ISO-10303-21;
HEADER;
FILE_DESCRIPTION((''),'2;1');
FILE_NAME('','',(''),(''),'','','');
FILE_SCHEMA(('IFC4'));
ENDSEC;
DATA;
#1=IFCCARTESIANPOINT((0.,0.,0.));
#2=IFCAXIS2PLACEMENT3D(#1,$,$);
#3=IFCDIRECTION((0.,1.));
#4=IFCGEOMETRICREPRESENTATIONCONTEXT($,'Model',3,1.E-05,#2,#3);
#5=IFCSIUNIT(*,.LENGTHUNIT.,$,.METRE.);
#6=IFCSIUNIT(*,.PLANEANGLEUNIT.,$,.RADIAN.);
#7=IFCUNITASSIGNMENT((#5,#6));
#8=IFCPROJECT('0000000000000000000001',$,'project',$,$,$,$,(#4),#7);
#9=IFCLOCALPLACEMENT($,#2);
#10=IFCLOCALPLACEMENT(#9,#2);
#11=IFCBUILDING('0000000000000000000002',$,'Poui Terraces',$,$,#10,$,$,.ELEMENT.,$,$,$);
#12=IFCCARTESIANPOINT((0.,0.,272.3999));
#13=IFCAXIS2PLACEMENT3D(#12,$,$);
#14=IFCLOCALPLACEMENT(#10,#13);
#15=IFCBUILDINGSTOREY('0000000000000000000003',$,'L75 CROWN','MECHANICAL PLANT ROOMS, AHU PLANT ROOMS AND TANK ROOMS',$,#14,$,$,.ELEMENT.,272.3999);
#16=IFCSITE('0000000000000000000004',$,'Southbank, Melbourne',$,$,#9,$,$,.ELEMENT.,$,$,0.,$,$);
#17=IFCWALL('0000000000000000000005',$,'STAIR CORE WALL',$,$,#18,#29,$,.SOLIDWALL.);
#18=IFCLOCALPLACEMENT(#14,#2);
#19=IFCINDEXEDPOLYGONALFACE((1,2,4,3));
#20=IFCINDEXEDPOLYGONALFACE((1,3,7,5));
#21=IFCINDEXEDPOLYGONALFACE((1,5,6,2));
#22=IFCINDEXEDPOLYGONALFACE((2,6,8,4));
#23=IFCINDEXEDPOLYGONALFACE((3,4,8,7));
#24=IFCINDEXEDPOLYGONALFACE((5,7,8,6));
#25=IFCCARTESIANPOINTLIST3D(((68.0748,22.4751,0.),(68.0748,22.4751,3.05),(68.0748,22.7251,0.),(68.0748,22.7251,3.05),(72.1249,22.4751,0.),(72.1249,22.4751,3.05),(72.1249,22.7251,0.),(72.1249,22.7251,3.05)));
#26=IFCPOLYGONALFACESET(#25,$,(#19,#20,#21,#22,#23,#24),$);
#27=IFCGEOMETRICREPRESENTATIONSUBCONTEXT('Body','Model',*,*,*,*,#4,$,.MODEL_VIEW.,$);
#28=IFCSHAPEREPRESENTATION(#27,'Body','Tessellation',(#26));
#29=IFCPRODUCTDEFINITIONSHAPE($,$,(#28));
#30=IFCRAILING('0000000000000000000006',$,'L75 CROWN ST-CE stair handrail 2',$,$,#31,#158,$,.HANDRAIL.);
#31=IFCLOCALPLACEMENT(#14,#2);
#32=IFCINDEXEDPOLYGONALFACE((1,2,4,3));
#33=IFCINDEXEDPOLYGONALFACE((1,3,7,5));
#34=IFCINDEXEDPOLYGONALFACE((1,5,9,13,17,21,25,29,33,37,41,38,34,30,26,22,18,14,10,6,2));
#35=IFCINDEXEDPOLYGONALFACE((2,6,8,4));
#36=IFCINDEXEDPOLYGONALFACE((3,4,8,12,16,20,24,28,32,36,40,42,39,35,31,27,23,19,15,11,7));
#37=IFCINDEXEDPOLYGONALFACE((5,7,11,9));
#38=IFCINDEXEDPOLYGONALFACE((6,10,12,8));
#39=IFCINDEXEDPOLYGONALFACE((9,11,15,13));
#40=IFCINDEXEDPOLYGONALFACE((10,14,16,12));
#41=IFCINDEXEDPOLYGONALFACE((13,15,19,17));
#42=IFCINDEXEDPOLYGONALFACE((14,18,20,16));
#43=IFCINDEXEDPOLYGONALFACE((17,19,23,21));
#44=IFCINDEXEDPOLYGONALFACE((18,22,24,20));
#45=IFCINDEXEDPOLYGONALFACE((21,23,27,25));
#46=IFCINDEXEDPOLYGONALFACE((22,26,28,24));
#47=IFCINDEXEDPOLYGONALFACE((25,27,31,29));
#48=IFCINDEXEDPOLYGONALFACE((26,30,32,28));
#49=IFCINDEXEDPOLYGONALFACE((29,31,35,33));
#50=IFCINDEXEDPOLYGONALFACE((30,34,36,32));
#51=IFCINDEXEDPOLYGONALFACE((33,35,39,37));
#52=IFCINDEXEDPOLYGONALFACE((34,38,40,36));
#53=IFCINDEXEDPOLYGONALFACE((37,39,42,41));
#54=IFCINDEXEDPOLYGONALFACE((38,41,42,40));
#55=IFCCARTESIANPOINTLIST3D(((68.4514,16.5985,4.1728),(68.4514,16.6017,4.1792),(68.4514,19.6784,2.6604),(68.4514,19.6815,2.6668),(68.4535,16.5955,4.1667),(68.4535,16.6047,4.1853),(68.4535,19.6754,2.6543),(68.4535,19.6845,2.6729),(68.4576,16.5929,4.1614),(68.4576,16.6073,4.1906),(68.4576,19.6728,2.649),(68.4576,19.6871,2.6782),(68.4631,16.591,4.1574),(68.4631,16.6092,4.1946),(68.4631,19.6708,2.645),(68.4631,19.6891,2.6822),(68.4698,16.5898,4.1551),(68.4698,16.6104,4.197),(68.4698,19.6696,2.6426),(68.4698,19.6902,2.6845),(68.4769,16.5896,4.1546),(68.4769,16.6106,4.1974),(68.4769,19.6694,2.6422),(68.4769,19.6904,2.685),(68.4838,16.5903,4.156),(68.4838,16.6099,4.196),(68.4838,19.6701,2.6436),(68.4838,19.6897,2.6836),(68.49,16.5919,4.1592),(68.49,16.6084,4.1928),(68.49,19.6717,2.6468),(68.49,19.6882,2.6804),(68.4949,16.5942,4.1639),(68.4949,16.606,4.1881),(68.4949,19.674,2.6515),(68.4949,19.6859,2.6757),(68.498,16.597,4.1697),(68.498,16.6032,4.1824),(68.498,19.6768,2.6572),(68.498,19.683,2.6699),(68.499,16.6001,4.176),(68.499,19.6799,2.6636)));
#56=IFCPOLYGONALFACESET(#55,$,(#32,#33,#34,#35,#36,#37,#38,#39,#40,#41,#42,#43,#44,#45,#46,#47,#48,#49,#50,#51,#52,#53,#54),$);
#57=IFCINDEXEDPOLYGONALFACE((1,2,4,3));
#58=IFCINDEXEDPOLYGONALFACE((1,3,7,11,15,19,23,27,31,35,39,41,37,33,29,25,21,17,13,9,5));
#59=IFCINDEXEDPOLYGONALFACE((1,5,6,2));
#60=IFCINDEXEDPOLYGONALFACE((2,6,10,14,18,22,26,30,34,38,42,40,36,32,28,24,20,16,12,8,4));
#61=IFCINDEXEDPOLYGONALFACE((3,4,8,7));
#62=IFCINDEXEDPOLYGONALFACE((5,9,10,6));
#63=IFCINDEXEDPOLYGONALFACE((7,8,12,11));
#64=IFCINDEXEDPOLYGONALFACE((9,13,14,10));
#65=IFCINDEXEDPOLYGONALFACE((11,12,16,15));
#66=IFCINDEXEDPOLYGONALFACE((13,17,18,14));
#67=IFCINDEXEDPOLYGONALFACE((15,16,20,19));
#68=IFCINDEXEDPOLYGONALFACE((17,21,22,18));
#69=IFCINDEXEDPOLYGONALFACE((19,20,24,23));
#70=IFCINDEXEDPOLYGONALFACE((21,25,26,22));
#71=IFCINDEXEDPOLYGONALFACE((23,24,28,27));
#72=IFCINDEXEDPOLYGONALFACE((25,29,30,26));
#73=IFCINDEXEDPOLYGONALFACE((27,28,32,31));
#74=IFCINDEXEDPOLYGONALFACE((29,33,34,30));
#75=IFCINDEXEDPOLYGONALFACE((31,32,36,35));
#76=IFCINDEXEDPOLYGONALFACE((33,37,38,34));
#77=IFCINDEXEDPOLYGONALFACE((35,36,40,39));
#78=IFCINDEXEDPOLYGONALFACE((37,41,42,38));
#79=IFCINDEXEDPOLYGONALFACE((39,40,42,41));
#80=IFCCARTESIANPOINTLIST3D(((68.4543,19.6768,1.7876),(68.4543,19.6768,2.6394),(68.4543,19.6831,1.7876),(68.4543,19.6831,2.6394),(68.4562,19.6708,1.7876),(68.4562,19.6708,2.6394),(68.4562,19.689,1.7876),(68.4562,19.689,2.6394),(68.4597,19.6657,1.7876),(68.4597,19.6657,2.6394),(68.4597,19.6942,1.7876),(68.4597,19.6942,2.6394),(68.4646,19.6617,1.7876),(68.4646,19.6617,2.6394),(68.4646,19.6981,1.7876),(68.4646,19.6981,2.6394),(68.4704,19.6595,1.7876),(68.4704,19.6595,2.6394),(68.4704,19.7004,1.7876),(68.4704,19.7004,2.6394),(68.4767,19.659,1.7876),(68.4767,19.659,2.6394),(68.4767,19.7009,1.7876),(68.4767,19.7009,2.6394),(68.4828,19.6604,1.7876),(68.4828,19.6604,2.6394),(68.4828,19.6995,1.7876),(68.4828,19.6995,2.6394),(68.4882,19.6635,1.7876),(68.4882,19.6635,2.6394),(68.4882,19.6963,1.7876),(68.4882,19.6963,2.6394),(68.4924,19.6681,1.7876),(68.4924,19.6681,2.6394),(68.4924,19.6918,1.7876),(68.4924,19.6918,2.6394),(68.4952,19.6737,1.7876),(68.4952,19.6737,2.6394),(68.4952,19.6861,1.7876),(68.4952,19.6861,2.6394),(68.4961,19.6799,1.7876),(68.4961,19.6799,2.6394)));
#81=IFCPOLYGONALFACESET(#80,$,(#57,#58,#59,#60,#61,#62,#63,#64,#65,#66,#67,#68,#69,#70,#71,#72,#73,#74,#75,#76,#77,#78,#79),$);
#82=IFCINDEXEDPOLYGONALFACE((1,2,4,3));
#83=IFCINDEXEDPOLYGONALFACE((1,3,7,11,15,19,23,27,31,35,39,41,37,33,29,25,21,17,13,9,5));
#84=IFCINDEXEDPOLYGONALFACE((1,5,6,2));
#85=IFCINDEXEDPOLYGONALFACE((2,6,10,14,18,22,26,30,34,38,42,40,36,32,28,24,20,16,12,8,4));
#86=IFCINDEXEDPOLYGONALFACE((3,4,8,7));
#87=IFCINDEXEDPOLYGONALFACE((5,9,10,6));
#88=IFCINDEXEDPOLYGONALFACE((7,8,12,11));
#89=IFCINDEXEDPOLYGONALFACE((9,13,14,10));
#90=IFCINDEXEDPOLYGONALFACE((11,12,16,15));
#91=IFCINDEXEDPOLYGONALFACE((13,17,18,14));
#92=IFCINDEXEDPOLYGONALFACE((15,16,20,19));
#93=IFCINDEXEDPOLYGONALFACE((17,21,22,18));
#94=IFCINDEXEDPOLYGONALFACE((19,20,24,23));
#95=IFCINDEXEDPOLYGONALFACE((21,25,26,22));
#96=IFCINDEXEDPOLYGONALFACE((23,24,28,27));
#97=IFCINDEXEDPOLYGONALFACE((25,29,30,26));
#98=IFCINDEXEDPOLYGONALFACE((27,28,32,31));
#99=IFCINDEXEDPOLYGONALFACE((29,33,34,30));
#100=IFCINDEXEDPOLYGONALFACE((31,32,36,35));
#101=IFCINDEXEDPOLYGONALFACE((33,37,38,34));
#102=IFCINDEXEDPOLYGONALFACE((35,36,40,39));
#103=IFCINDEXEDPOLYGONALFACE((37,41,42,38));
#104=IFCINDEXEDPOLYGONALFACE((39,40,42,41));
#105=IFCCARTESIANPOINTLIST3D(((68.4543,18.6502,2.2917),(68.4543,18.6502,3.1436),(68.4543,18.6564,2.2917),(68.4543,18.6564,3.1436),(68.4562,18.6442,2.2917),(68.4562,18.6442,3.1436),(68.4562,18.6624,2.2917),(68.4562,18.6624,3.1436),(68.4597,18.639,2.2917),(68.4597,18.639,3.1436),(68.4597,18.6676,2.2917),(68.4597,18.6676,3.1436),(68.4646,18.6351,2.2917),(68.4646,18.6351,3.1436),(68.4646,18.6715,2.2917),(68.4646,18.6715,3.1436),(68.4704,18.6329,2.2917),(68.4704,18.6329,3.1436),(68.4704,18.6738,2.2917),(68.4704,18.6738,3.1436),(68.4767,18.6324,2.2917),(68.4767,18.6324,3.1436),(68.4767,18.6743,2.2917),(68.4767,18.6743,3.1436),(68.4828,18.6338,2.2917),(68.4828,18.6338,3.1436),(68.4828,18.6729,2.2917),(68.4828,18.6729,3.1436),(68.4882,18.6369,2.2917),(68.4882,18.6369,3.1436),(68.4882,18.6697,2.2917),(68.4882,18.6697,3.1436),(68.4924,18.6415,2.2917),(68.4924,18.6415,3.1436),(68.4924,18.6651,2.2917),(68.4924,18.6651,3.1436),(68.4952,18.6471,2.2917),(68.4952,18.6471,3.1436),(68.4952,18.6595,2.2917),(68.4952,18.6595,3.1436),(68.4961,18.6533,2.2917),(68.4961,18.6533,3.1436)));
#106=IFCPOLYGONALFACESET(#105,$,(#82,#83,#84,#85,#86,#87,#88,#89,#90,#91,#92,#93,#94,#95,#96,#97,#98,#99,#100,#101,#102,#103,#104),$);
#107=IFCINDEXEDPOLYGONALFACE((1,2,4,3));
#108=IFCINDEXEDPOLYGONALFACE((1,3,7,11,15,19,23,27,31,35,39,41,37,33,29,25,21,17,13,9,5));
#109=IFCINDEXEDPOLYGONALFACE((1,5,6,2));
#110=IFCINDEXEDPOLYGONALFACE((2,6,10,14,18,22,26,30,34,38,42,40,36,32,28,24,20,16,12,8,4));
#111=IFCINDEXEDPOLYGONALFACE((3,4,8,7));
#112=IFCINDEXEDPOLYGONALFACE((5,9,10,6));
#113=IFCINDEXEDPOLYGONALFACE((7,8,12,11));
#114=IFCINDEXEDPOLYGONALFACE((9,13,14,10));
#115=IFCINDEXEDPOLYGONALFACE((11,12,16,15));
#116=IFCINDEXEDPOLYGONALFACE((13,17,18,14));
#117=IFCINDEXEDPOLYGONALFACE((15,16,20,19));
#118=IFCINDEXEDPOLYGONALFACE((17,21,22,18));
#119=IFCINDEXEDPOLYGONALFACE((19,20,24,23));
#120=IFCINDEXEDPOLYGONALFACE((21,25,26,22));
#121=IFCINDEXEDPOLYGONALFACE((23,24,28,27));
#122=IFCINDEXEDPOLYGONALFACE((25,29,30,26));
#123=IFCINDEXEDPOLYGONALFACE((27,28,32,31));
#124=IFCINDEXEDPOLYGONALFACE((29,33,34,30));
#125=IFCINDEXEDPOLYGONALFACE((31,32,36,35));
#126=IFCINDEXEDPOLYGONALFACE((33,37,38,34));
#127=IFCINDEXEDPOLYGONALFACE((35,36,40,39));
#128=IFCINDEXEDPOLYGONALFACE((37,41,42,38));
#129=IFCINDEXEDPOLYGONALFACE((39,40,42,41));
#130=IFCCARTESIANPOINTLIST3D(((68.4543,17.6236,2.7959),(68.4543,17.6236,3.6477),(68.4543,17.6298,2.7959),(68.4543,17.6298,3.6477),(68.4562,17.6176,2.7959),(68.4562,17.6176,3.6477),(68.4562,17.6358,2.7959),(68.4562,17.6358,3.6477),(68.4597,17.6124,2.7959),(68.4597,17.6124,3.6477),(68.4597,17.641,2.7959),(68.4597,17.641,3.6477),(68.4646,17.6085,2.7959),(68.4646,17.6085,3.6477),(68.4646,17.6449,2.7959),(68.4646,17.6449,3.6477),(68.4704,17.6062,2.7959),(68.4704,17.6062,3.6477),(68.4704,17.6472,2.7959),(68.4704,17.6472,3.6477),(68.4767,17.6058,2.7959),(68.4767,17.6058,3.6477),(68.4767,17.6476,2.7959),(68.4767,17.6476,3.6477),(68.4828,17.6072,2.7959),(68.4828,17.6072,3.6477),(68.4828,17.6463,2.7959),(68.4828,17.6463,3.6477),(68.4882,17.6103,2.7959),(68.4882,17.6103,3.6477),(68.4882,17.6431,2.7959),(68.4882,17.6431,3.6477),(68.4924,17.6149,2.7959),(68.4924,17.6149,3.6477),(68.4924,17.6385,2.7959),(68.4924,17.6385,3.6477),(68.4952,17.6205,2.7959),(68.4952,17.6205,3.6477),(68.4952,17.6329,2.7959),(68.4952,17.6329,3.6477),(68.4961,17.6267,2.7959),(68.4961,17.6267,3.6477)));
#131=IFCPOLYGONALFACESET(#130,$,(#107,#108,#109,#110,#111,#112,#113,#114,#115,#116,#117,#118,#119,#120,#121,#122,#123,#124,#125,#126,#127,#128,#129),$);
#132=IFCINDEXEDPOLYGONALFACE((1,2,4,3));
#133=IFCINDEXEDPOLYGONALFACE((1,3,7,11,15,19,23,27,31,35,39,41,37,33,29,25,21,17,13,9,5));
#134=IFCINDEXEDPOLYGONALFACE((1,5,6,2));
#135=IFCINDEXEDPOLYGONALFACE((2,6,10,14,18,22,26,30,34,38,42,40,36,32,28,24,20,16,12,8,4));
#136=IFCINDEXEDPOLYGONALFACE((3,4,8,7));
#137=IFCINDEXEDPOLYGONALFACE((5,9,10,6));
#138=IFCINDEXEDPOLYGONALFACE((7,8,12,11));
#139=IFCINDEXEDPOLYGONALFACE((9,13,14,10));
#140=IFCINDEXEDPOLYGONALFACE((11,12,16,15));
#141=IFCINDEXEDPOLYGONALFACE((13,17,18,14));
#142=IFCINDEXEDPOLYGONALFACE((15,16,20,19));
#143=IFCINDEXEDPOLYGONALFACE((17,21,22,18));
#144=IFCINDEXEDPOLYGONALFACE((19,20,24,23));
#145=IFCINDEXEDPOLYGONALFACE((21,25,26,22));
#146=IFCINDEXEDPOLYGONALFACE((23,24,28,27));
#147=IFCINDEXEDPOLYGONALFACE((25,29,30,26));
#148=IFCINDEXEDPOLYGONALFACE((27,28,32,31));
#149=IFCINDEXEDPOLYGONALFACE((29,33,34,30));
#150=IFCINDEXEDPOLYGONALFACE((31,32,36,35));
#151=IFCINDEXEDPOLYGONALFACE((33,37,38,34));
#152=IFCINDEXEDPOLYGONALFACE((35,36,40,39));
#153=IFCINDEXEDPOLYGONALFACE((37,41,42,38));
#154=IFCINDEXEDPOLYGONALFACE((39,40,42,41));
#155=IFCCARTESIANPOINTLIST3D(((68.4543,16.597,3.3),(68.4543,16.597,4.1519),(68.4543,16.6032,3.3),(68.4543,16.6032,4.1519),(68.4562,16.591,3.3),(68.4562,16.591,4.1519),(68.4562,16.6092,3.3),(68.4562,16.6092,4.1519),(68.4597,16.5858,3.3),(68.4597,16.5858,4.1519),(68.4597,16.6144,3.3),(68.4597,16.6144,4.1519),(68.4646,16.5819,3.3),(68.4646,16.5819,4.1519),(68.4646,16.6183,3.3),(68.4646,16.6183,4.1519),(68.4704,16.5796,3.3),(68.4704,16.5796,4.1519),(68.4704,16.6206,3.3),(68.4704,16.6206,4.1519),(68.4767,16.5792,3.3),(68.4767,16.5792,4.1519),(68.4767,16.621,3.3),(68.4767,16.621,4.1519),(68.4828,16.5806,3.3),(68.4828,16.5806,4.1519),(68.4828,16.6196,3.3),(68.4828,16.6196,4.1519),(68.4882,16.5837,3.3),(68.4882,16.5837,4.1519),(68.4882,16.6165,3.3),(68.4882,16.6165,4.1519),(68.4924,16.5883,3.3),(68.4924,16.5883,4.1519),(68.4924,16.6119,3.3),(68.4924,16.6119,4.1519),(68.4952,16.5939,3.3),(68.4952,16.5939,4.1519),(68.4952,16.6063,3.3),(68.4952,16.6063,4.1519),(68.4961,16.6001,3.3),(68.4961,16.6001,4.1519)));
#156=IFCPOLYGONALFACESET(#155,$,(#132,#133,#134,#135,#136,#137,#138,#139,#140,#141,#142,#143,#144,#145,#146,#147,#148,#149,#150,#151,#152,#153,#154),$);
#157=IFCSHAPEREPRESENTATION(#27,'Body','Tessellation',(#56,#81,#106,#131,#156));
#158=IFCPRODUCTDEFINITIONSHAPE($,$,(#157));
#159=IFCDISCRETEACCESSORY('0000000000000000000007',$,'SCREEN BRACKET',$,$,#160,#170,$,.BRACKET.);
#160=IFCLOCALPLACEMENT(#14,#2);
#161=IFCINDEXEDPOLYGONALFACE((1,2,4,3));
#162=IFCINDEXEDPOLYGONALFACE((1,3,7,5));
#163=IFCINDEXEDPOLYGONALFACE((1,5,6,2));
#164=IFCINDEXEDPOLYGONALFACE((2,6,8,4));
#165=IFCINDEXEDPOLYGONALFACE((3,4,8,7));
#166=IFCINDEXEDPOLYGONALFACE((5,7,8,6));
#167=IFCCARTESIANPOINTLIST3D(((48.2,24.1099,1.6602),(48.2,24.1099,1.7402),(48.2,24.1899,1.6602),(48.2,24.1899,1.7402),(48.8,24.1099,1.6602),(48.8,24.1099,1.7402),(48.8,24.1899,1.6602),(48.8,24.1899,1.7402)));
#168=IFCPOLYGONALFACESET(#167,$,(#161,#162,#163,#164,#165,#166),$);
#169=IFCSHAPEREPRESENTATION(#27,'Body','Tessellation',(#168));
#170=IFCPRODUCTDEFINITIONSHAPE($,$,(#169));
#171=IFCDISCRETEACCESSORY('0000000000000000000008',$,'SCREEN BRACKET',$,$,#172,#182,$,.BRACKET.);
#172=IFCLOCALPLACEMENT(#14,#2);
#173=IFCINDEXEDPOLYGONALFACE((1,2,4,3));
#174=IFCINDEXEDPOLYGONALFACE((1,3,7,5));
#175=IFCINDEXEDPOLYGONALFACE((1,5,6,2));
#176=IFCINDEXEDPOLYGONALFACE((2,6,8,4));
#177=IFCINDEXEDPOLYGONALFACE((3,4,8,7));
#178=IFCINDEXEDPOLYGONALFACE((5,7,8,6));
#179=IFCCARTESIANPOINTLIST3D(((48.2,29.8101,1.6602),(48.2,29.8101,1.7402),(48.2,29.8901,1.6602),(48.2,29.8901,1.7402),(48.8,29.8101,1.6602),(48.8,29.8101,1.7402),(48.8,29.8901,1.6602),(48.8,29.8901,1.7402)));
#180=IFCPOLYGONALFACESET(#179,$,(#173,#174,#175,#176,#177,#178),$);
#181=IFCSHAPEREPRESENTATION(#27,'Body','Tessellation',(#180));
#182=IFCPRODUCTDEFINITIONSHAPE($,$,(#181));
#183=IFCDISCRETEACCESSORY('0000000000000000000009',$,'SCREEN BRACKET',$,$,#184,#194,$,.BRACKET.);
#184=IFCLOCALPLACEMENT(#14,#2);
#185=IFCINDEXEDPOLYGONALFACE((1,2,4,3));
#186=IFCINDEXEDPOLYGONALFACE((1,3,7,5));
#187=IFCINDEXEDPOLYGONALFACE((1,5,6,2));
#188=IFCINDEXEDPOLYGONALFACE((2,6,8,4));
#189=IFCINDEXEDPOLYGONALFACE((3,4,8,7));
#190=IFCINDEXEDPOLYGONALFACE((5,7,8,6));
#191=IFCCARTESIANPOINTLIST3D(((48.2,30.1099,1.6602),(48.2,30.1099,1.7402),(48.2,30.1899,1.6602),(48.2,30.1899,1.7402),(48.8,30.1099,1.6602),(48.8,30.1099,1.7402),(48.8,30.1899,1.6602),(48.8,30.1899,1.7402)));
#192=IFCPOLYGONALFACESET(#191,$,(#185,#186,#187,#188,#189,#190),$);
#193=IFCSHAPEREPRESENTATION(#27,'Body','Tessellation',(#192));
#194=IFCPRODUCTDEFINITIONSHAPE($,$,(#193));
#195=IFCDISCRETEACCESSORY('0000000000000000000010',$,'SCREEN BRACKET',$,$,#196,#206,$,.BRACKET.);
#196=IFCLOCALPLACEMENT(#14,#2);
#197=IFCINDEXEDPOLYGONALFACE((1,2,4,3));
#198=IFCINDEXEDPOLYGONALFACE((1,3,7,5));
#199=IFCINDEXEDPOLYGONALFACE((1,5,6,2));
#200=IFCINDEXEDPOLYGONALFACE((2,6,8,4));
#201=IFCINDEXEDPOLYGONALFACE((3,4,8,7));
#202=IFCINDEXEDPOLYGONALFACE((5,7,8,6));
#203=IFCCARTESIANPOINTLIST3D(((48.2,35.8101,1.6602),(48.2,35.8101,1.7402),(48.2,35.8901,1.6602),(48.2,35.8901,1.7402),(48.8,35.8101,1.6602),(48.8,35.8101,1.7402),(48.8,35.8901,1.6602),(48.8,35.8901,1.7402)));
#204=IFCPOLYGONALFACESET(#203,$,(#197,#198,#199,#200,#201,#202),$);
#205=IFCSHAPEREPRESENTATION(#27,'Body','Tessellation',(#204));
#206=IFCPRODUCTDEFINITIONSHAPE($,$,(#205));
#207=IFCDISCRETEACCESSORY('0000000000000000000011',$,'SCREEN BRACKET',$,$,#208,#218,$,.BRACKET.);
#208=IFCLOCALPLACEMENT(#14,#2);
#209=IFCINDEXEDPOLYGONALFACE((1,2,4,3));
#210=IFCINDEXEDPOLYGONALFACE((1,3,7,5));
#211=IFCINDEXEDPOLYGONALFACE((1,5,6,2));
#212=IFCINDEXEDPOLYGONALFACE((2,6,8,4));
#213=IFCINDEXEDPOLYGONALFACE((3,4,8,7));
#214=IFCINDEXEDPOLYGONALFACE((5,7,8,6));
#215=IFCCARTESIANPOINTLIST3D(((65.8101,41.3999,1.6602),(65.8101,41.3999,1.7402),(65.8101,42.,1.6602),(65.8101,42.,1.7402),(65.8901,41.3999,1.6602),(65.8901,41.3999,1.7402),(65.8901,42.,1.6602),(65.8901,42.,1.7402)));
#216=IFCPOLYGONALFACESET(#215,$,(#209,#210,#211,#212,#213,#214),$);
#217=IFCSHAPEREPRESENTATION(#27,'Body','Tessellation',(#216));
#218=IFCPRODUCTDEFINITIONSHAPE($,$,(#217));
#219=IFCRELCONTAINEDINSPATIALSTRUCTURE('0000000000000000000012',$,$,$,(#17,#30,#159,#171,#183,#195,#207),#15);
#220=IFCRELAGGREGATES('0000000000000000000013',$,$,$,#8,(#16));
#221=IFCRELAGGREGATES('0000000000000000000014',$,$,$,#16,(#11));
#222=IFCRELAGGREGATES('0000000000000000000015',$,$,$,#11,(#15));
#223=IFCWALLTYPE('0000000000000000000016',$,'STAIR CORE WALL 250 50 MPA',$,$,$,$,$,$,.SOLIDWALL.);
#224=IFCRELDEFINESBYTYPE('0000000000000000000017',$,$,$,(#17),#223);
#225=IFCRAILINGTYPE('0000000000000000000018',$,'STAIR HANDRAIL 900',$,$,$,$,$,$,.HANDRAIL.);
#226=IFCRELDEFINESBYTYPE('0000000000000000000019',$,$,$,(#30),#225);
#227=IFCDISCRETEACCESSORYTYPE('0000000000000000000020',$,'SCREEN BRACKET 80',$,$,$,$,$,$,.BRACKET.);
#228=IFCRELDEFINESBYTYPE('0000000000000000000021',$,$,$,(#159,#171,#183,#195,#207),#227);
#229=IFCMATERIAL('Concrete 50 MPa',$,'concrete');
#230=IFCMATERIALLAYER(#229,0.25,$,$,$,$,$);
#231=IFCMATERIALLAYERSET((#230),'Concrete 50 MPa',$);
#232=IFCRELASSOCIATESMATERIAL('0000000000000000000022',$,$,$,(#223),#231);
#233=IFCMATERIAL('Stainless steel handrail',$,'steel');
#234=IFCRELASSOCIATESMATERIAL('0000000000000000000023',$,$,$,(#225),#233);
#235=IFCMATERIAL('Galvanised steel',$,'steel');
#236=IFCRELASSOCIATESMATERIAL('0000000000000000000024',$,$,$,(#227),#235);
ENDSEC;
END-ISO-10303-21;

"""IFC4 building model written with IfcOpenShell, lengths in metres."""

from ifc_helpers import new_model, si_unit, direction, frame, frame_2d, origin, origin_2d, place, context, subcontext, project, spatial, rectangle, circle, extrude, source, transform, mapped, material, layer, layer_set, material_profile, profile_set, type_object, element, save


model = new_model("IFC4")

# Units and contexts
model_context = context("Model", 3, precision=1e-05, world=origin(), true_north=direction((0.0, 1.0)))
body_context = subcontext(model_context, "Body", "Model", "MODEL_VIEW")
ifc_project = project(units=[si_unit("LENGTHUNIT", "METRE"), si_unit("PLANEANGLEUNIT", "RADIAN")], contexts=[model_context])

# Site, building, storey
site_placement = place(None, origin())
site = spatial("IfcSite", under=ifc_project, at=site_placement, Name="Southbank, Melbourne", CompositionType="ELEMENT", RefElevation=0.0)
building_placement = place(site_placement, origin())
building = spatial("IfcBuilding", under=site, at=building_placement, Name="Poui Terraces", CompositionType="ELEMENT")
storey_placement = place(building_placement, frame((0.0, 0.0, 272.3999)))
storey = spatial("IfcBuildingStorey", under=building, at=storey_placement, Name="L75 CROWN", Description="MECHANICAL PLANT ROOMS, AHU PLANT ROOMS AND TANK ROOMS", CompositionType="ELEMENT", Elevation=272.3999)

# Shared definitions
ifc_material_1 = material(Name="Concrete 50 MPa", Category="concrete")

# Wall
ifc_layer_1 = layer(ifc_material_1, 0.25)
ifc_layer_set_1 = layer_set([ifc_layer_1], Name="Concrete 50 MPa")
wall_type_1 = type_object("IfcWallType", Name="STAIR CORE WALL 250 50 MPA", PredefinedType="SOLIDWALL", material=ifc_layer_set_1)
wall_1_placement = place(storey_placement, frame((68.075, 22.6001, 0.0), z_axis=(0.0, 0.0, 1.0), x_axis=(1.0, 0.0, 0.0)))
element("IfcWall", 1, at=wall_1_placement, inside=storey, type_object=wall_type_1, Name="STAIR CORE WALL", PredefinedType="SOLIDWALL", context=body_context, shape_type="SweptSolid", body=[
    extrude(rectangle(XDim=4.05, YDim=0.25, at=frame_2d((2.0249, 0.0))), origin(), (0.0, 0.0, 1.0), 3.05),
])

# Railing
ifc_material_2 = material(Name="Stainless steel handrail", Category="steel")
railing_type = type_object("IfcRailingType", Name="STAIR HANDRAIL 900", PredefinedType="HANDRAIL", material=ifc_material_2)
railing_placement = place(storey_placement, frame((68.4751, 19.6799, 1.7876)))
element("IfcRailing", 2, at=railing_placement, inside=storey, type_object=railing_type, Name="L75 CROWN ST-CE stair handrail 2", PredefinedType="HANDRAIL", context=body_context, shape_type="SweptSolid", body=[
    extrude(circle(Radius=0.0239, at=origin_2d()), frame((0.0, 0.0, 0.876), z_axis=(0.0, -0.897606, 0.440798), x_axis=(1.0, 0.0, 0.0)), (0.0, 0.0, 1.0), 3.4312),
    extrude(circle(Radius=0.021, at=origin_2d()), origin(), (0.0, 0.0, 1.0), 0.8518),
    extrude(circle(Radius=0.021, at=origin_2d()), frame((0.0, -1.0266, 0.5042)), (0.0, 0.0, 1.0), 0.8518),
    extrude(circle(Radius=0.021, at=origin_2d()), frame((0.0, -2.0532, 1.0083)), (0.0, 0.0, 1.0), 0.8518),
    extrude(circle(Radius=0.021, at=origin_2d()), frame((0.0, -3.0798, 1.5125)), (0.0, 0.0, 1.0), 0.8518),
])

# Discrete accessories
ifc_material_3 = material(Name="Galvanised steel", Category="steel")
ifc_material_profile_1 = material_profile(ifc_material_3, rectangle(XDim=0.0801, YDim=0.0801, at=origin_2d()), Name="SCREEN BRACKET 80")
ifc_profile_set_1 = profile_set([ifc_material_profile_1], Name="Galvanised steel")
discrete_accessory_type = type_object("IfcDiscreteAccessoryType", Name="SCREEN BRACKET 80", PredefinedType="BRACKET", material=ifc_profile_set_1)
shared_shape_1 = source(origin(), body_context, "Body", "SweptSolid", [
    extrude(rectangle(XDim=0.0801, YDim=0.0801, at=origin_2d()), origin(), (0.0, 0.0, 1.0), 0.6001),
])
for number, where, z_axis, x_axis, name in (
    (3, (48.2, 24.1499, 1.7002), (1.0, 0.0, 0.0), (0.0, 1.0, 0.0), "SCREEN BRACKET"),
    (4, (48.2, 29.8501, 1.7002), (1.0, 0.0, 0.0), (0.0, 1.0, 0.0), "SCREEN BRACKET"),
    (5, (48.2, 30.1499, 1.7002), (1.0, 0.0, 0.0), (0.0, 1.0, 0.0), "SCREEN BRACKET"),
    (6, (48.2, 35.8501, 1.7002), (1.0, 0.0, 0.0), (0.0, 1.0, 0.0), "SCREEN BRACKET"),
    (7, (65.8501, 41.3999, 1.7002), (0.0, 1.0, 0.0), (-1.0, 0.0, 0.0), "SCREEN BRACKET"),
):
    element("IfcDiscreteAccessory", number, at=place(storey_placement, frame(where, z_axis=z_axis, x_axis=x_axis)), inside=storey, type_object=discrete_accessory_type, Name=name, PredefinedType="BRACKET", context=body_context, shape_type="MappedRepresentation", body=[
        mapped(shared_shape_1, transform((0.0, 0.0, 0.0))),
    ])

save(model, "model.ifc")
